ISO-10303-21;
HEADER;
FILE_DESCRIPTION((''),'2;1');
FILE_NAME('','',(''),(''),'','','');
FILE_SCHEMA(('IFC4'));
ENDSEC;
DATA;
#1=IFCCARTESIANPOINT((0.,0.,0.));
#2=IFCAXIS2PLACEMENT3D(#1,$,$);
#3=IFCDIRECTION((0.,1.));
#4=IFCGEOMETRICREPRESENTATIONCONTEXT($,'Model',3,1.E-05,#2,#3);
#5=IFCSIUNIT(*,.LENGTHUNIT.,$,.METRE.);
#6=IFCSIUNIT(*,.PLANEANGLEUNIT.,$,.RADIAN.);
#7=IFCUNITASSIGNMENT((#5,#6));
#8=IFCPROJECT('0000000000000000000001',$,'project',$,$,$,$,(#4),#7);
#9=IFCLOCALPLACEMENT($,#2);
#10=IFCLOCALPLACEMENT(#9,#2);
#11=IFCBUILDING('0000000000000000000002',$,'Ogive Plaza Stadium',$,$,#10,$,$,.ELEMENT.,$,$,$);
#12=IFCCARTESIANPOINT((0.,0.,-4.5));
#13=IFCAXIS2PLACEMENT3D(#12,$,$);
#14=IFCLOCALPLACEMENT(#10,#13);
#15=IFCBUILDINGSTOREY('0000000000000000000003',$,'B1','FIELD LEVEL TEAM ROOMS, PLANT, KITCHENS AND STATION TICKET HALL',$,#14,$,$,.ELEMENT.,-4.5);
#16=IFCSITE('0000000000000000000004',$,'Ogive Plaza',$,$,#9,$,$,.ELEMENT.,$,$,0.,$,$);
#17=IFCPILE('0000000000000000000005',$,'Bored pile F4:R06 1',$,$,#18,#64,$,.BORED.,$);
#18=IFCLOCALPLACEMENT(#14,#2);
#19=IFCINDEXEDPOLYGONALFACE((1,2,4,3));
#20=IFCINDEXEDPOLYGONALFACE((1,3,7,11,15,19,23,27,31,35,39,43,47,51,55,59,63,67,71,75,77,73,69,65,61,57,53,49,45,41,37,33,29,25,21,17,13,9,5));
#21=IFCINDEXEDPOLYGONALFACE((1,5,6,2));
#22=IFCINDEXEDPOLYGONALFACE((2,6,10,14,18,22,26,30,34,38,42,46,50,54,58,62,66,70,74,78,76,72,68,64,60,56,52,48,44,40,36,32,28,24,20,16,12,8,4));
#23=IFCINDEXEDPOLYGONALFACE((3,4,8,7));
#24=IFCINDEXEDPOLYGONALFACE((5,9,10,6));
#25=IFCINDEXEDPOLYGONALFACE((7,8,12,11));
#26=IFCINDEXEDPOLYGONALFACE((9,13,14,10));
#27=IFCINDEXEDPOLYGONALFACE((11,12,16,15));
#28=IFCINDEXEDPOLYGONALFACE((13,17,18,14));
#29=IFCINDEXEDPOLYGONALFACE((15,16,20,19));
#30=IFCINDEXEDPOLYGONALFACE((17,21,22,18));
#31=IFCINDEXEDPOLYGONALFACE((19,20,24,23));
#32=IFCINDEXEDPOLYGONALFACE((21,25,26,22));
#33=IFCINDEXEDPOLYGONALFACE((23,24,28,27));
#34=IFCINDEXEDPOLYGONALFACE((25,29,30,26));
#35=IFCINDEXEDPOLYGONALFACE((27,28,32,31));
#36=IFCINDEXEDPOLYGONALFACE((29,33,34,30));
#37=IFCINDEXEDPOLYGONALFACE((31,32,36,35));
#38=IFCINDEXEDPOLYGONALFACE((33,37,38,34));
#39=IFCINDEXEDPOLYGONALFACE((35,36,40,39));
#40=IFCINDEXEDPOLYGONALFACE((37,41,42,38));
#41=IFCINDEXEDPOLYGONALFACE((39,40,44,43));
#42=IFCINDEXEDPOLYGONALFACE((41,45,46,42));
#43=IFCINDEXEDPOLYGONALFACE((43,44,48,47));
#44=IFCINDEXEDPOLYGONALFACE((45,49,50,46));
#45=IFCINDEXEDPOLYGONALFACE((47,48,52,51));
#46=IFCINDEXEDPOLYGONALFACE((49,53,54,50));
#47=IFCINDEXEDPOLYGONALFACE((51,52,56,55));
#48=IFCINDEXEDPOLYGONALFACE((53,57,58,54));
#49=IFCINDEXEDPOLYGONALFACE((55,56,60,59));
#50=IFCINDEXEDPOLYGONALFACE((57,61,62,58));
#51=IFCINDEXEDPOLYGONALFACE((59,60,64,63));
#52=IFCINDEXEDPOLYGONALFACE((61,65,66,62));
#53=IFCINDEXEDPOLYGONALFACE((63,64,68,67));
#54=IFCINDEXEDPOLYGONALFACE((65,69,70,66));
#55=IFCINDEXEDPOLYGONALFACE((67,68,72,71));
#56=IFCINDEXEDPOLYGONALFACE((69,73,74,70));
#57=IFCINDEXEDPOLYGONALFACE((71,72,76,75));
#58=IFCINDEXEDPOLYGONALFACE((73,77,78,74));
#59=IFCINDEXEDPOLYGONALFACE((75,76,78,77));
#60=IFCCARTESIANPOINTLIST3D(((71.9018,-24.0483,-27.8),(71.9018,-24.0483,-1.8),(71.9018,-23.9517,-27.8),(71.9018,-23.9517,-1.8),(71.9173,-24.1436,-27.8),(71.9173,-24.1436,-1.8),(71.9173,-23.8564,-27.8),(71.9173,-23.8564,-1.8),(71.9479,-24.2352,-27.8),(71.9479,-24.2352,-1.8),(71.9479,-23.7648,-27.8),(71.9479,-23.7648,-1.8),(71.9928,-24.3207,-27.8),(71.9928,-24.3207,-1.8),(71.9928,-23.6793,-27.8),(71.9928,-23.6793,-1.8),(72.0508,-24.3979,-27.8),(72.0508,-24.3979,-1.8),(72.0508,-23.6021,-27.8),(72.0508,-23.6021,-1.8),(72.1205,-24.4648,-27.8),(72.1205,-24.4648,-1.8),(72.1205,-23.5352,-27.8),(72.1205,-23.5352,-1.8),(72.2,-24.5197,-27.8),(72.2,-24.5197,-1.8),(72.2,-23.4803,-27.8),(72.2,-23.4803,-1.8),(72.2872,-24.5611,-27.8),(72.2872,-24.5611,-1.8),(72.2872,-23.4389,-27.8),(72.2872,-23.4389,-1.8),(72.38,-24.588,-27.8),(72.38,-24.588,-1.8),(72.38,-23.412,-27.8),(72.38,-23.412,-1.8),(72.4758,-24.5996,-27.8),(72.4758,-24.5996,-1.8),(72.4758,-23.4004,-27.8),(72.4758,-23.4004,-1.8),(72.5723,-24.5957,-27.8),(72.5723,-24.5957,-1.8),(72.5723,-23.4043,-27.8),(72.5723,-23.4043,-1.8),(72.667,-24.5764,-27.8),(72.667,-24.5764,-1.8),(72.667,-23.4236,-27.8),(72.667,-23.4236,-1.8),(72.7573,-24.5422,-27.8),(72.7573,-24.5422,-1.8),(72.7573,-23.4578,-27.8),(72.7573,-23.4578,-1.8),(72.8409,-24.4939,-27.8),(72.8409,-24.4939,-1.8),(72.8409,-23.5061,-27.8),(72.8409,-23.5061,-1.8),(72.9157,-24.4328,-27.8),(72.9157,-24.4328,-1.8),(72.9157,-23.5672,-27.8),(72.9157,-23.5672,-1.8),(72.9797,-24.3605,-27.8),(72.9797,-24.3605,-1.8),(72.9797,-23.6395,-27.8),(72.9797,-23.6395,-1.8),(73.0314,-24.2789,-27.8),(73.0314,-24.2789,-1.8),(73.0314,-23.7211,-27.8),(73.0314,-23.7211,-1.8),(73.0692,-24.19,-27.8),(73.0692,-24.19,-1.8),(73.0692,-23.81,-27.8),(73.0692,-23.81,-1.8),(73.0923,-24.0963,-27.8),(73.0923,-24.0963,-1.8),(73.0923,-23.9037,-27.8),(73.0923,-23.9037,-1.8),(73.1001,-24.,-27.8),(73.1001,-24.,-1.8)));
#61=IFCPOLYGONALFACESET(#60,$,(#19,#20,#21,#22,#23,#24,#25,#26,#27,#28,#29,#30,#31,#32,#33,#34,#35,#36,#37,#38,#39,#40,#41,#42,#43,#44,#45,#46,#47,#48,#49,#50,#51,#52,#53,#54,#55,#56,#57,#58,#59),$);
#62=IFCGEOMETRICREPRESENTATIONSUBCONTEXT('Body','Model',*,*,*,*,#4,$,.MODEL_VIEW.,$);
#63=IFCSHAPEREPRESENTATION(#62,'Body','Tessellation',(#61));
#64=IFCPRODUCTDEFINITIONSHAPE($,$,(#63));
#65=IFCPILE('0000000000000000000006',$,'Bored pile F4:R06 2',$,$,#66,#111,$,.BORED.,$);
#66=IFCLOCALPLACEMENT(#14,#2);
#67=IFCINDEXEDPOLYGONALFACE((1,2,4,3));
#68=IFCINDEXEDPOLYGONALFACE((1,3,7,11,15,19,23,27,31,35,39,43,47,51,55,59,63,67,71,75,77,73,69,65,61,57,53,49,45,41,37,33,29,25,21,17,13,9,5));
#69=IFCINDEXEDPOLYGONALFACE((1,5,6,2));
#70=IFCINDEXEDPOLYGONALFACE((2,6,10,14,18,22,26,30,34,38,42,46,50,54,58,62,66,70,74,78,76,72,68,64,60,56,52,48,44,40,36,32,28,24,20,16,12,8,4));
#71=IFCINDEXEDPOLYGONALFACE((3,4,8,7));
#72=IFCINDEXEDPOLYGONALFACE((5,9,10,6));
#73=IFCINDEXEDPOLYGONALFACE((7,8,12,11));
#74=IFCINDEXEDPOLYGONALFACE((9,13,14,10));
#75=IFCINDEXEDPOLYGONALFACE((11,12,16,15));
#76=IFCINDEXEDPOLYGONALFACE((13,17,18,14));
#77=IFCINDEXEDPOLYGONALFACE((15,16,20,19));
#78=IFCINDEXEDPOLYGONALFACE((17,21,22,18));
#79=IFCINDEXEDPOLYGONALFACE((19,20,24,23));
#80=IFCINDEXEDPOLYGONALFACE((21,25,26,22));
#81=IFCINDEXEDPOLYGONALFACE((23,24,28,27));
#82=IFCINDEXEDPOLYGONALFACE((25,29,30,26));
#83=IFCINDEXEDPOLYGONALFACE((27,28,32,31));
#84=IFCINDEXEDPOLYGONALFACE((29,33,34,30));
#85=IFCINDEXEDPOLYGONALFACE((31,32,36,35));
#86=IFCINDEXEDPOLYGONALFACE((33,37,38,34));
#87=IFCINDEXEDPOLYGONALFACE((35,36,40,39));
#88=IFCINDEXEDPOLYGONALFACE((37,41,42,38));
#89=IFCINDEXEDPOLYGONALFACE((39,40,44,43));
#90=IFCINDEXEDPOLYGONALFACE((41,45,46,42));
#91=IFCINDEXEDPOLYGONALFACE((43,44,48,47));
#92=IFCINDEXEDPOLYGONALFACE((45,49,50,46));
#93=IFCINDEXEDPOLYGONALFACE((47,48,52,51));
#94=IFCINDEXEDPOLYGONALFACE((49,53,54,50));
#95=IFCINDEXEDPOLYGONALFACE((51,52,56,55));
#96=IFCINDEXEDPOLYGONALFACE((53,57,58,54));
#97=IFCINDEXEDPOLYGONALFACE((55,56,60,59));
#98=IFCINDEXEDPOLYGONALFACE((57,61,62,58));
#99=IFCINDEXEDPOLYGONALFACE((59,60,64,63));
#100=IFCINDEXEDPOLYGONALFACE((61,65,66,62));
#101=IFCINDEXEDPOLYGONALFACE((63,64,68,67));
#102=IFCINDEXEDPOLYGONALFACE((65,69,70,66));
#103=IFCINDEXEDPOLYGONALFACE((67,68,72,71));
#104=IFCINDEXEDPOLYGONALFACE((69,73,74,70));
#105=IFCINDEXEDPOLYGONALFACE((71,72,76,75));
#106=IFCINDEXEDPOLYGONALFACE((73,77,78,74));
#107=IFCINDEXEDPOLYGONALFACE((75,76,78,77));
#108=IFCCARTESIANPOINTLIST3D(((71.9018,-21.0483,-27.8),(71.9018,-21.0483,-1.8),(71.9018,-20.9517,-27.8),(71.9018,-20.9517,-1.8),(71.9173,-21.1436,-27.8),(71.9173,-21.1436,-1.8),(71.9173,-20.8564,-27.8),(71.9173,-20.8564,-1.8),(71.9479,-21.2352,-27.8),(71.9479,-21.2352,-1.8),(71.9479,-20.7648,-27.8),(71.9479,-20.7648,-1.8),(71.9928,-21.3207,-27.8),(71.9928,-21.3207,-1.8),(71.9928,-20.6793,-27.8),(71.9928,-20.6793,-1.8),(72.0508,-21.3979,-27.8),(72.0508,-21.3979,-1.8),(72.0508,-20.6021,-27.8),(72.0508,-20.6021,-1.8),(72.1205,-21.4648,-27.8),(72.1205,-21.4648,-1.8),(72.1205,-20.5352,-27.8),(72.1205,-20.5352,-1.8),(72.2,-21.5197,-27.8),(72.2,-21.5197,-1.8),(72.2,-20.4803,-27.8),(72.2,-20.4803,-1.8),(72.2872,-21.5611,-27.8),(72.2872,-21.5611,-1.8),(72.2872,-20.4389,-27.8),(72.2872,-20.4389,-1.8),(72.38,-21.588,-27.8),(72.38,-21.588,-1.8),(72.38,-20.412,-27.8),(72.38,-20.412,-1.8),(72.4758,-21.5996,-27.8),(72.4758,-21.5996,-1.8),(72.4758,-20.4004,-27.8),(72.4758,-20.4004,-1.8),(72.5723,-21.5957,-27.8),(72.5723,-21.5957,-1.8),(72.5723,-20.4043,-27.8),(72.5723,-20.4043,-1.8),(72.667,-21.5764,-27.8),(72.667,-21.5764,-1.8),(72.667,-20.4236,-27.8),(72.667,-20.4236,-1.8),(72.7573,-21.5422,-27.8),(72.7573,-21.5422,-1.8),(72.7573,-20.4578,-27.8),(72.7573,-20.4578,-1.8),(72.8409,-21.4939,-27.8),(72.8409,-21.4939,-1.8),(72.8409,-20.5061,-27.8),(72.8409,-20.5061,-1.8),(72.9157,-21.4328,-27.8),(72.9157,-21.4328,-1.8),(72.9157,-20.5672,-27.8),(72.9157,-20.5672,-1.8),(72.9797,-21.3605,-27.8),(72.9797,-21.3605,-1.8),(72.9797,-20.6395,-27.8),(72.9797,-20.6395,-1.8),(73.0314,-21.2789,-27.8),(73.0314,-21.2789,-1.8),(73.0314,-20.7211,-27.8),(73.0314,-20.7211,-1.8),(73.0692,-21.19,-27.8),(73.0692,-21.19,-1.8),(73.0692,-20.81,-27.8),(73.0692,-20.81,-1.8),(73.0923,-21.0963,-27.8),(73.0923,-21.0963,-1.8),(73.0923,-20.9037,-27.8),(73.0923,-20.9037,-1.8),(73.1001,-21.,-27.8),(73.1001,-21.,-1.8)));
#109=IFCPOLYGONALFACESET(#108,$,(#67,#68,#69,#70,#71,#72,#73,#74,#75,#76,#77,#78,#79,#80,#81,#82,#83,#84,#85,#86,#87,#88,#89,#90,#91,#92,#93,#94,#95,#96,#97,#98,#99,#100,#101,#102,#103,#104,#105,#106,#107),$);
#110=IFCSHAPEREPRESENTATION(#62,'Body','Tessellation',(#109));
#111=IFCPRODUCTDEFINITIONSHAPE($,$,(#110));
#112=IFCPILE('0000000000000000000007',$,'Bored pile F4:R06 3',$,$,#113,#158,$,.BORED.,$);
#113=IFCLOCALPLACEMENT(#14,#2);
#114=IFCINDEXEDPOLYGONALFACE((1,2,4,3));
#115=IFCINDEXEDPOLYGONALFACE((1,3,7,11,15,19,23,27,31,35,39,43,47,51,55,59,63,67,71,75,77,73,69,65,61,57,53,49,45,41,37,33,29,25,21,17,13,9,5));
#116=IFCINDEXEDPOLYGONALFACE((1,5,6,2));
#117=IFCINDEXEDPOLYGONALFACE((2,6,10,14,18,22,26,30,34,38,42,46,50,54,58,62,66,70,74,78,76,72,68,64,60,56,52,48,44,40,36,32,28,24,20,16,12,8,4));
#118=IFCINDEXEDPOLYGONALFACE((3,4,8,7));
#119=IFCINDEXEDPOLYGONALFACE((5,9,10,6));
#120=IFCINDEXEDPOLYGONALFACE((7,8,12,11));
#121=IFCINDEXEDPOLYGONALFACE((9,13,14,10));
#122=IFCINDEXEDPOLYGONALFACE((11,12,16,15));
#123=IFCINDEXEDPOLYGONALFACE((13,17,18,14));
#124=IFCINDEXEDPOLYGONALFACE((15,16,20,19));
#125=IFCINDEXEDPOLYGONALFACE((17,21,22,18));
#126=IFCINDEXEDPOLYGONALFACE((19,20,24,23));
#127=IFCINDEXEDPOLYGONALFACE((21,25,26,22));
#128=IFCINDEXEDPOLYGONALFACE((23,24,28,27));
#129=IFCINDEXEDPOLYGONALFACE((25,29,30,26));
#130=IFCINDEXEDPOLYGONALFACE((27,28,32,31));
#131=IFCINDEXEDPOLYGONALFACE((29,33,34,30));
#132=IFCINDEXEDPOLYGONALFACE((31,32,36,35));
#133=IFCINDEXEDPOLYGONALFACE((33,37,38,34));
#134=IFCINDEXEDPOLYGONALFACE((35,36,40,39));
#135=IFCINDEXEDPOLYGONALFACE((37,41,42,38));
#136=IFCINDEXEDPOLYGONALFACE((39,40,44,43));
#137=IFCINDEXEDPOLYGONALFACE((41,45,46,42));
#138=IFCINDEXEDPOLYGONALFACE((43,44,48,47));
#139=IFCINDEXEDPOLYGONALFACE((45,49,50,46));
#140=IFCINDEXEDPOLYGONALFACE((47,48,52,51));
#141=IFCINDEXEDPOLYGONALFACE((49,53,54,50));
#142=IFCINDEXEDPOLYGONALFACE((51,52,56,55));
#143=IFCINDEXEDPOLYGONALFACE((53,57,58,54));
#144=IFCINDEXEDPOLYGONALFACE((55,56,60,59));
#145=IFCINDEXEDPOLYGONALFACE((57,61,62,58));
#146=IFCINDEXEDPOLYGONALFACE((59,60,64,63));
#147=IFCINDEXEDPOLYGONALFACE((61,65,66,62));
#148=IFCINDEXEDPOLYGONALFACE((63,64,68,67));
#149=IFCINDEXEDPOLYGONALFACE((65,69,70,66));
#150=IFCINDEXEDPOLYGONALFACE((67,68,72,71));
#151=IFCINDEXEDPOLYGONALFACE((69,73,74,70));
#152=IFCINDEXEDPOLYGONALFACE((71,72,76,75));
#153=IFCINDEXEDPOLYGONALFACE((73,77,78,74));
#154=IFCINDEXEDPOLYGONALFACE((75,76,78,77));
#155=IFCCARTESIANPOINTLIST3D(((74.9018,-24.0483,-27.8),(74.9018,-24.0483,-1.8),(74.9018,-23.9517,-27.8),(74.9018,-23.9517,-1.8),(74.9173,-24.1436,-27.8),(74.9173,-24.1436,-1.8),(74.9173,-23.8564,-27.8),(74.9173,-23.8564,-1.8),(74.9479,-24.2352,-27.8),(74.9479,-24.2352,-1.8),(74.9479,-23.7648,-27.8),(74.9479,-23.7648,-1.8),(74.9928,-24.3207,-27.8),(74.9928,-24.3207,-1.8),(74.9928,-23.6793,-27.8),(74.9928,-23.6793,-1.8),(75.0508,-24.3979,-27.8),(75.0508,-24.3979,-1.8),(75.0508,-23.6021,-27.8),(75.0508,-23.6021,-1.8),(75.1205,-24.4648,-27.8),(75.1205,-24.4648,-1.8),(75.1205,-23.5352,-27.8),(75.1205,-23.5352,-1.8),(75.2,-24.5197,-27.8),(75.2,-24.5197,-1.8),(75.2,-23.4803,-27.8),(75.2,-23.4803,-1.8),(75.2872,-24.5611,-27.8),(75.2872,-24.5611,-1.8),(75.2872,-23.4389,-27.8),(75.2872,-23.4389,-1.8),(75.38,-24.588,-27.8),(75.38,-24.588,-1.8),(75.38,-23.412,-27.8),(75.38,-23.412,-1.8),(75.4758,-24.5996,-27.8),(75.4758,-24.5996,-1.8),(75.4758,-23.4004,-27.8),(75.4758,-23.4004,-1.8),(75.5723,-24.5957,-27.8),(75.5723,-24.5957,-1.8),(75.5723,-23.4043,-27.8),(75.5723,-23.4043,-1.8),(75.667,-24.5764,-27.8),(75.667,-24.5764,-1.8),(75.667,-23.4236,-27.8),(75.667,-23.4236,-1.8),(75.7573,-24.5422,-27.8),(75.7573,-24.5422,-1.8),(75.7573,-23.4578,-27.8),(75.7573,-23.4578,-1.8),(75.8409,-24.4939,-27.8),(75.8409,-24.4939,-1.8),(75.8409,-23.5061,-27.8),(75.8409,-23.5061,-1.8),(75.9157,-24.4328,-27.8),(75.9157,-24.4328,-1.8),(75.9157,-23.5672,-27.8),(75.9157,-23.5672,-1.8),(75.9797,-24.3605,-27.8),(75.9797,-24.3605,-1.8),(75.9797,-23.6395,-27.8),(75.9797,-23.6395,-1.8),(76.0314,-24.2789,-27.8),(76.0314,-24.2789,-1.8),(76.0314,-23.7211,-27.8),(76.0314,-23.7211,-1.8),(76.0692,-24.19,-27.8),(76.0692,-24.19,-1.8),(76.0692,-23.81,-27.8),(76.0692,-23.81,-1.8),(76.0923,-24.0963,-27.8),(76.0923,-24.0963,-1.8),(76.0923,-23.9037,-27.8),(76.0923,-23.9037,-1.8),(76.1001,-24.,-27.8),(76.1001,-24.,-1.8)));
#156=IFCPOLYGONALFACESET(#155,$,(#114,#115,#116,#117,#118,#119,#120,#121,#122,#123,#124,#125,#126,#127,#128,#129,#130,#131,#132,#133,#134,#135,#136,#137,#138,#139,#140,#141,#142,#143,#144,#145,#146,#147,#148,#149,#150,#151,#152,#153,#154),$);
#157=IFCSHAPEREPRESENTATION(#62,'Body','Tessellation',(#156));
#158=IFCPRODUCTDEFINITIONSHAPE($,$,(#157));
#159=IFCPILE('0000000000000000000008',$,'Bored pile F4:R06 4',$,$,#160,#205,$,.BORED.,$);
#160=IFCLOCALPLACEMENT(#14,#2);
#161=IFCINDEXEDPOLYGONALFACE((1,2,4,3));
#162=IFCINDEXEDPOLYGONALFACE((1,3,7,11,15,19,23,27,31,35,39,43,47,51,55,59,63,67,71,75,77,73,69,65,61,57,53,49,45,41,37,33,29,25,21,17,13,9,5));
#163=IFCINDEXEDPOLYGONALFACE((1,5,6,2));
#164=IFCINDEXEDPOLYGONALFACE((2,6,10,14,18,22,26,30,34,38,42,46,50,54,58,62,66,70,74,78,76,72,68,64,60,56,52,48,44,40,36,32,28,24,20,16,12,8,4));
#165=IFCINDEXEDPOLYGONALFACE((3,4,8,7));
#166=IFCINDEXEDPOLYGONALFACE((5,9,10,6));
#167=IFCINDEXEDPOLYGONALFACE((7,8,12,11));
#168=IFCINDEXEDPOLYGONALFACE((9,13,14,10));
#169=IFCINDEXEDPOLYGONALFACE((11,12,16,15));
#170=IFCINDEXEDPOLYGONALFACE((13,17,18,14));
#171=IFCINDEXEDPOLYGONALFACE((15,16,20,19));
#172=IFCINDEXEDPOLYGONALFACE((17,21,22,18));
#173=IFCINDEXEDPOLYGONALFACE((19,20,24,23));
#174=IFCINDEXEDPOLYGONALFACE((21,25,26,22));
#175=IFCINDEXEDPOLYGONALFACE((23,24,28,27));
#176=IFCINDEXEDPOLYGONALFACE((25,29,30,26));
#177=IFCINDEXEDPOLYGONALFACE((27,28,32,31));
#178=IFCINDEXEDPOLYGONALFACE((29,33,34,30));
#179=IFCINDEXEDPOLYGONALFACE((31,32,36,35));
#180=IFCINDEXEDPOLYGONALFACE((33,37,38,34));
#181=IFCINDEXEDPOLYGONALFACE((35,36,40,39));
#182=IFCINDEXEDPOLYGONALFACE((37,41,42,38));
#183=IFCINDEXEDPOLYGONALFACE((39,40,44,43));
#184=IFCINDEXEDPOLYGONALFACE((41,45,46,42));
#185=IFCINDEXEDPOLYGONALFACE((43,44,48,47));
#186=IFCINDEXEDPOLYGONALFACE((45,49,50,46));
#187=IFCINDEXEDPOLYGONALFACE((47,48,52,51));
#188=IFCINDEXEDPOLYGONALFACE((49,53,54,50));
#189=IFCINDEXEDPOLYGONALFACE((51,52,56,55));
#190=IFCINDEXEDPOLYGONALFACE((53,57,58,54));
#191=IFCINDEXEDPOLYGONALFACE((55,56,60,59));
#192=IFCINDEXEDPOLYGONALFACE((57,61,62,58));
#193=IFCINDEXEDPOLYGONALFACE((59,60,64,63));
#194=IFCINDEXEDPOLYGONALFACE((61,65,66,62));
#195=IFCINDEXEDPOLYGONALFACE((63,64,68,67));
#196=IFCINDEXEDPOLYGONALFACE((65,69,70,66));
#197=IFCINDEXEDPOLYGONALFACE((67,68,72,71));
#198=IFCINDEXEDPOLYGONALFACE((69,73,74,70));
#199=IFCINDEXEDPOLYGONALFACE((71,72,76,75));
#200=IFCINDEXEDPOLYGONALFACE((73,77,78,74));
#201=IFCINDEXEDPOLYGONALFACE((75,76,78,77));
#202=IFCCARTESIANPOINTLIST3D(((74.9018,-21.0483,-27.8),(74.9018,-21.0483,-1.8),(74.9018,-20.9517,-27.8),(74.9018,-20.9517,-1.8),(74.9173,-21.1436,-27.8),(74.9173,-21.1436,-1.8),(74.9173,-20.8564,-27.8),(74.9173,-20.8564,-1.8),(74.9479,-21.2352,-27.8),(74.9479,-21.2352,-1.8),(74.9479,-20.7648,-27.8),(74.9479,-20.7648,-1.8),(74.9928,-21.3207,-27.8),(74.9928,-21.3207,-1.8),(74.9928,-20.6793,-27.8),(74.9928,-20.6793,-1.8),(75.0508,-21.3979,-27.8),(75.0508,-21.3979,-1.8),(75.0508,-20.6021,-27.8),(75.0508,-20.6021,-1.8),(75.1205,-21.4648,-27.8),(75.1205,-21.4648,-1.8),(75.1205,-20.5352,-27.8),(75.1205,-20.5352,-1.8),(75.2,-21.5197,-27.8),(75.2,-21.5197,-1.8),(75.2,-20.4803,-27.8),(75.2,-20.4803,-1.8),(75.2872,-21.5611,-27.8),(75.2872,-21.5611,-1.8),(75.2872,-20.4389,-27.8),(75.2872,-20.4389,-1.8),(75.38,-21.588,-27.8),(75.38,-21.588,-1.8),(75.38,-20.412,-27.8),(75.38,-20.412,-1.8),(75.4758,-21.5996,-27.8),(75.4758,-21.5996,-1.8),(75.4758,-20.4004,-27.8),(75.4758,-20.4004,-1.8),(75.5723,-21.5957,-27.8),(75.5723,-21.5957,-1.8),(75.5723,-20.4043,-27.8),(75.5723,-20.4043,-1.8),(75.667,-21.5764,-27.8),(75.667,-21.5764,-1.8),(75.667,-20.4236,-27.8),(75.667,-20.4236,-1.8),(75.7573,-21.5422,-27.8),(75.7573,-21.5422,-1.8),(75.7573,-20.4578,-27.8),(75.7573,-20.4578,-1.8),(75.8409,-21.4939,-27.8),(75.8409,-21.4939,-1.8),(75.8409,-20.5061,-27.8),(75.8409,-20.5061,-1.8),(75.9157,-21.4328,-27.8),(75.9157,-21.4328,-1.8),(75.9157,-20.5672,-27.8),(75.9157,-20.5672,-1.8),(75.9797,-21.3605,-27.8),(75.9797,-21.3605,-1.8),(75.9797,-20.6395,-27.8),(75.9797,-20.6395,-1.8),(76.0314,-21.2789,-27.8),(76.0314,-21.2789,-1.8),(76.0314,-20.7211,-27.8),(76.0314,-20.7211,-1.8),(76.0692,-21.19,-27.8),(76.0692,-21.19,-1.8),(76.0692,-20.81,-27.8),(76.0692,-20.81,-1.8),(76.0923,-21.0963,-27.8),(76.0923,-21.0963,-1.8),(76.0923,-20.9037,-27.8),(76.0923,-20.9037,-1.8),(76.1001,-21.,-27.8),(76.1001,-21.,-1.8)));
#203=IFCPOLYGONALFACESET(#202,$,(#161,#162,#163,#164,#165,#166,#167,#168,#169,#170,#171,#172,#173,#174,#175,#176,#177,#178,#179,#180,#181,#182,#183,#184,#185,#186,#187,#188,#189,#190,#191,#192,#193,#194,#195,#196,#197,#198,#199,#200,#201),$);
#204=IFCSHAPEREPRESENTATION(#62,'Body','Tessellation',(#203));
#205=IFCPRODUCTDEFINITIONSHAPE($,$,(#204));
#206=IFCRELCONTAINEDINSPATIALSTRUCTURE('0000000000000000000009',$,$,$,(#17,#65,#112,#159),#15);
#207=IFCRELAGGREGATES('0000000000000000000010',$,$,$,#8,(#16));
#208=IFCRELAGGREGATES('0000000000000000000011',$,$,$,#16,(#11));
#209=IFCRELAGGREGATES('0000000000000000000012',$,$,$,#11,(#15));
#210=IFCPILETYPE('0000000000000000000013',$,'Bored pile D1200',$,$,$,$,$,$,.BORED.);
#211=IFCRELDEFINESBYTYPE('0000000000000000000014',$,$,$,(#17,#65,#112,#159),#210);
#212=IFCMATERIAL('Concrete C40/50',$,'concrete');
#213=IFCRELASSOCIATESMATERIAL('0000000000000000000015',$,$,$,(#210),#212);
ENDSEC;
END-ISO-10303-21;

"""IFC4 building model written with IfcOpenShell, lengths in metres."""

from ifc_helpers import new_model, si_unit, direction, frame, origin, origin_2d, place, context, subcontext, project, spatial, circle, extrude, material, material_profile, profile_set, type_object, element, save


model = new_model("IFC4")

# Units and contexts
model_context = context("Model", 3, precision=1e-05, world=origin(), true_north=direction((0.0, 1.0)))
body_context = subcontext(model_context, "Body", "Model", "MODEL_VIEW")
ifc_project = project(units=[si_unit("LENGTHUNIT", "METRE"), si_unit("PLANEANGLEUNIT", "RADIAN")], contexts=[model_context])

# Site, building, storey
site_placement = place(None, origin())
site = spatial("IfcSite", under=ifc_project, at=site_placement, Name="Ogive Plaza", CompositionType="ELEMENT", RefElevation=0.0)
building_placement = place(site_placement, origin())
building = spatial("IfcBuilding", under=site, at=building_placement, Name="Ogive Plaza Stadium", CompositionType="ELEMENT")
storey_placement = place(building_placement, frame((0.0, 0.0, -4.5)))
storey = spatial("IfcBuildingStorey", under=building, at=storey_placement, Name="B1", Description="FIELD LEVEL TEAM ROOMS, PLANT, KITCHENS AND STATION TICKET HALL", CompositionType="ELEMENT", Elevation=-4.5)

# Piles
ifc_material_1 = material(Name="Concrete C40/50", Category="concrete")
ifc_material_profile_1 = material_profile(ifc_material_1, circle(Radius=0.6001, at=origin_2d()), Name="RC D1200")
ifc_profile_set_1 = profile_set([ifc_material_profile_1], Name="Concrete C40/50")
pile_type = type_object("IfcPileType", Name="Bored pile D1200", PredefinedType="BORED", material=ifc_profile_set_1)
for number, where, z_axis, x_axis, name in (
    (1, (72.5, -24.0, -1.8), (0.0, 0.0, -1.0), (1.0, 0.0, 0.0), "Bored pile F4:R06 1"),
    (2, (72.5, -21.0, -1.8), (0.0, 0.0, -1.0), (1.0, 0.0, 0.0), "Bored pile F4:R06 2"),
    (3, (75.5, -24.0, -1.8), (0.0, 0.0, -1.0), (1.0, 0.0, 0.0), "Bored pile F4:R06 3"),
    (4, (75.5, -21.0, -1.8), (0.0, 0.0, -1.0), (1.0, 0.0, 0.0), "Bored pile F4:R06 4"),
):
    element("IfcPile", number, at=place(storey_placement, frame(where, z_axis=z_axis, x_axis=x_axis)), inside=storey, type_object=pile_type, Name=name, PredefinedType="BORED", context=body_context, shape_type="SweptSolid", body=[
        extrude(circle(Radius=0.6001, at=origin_2d()), origin(), (0.0, 0.0, 1.0), 26.0),
    ])

save(model, "model.ifc")
